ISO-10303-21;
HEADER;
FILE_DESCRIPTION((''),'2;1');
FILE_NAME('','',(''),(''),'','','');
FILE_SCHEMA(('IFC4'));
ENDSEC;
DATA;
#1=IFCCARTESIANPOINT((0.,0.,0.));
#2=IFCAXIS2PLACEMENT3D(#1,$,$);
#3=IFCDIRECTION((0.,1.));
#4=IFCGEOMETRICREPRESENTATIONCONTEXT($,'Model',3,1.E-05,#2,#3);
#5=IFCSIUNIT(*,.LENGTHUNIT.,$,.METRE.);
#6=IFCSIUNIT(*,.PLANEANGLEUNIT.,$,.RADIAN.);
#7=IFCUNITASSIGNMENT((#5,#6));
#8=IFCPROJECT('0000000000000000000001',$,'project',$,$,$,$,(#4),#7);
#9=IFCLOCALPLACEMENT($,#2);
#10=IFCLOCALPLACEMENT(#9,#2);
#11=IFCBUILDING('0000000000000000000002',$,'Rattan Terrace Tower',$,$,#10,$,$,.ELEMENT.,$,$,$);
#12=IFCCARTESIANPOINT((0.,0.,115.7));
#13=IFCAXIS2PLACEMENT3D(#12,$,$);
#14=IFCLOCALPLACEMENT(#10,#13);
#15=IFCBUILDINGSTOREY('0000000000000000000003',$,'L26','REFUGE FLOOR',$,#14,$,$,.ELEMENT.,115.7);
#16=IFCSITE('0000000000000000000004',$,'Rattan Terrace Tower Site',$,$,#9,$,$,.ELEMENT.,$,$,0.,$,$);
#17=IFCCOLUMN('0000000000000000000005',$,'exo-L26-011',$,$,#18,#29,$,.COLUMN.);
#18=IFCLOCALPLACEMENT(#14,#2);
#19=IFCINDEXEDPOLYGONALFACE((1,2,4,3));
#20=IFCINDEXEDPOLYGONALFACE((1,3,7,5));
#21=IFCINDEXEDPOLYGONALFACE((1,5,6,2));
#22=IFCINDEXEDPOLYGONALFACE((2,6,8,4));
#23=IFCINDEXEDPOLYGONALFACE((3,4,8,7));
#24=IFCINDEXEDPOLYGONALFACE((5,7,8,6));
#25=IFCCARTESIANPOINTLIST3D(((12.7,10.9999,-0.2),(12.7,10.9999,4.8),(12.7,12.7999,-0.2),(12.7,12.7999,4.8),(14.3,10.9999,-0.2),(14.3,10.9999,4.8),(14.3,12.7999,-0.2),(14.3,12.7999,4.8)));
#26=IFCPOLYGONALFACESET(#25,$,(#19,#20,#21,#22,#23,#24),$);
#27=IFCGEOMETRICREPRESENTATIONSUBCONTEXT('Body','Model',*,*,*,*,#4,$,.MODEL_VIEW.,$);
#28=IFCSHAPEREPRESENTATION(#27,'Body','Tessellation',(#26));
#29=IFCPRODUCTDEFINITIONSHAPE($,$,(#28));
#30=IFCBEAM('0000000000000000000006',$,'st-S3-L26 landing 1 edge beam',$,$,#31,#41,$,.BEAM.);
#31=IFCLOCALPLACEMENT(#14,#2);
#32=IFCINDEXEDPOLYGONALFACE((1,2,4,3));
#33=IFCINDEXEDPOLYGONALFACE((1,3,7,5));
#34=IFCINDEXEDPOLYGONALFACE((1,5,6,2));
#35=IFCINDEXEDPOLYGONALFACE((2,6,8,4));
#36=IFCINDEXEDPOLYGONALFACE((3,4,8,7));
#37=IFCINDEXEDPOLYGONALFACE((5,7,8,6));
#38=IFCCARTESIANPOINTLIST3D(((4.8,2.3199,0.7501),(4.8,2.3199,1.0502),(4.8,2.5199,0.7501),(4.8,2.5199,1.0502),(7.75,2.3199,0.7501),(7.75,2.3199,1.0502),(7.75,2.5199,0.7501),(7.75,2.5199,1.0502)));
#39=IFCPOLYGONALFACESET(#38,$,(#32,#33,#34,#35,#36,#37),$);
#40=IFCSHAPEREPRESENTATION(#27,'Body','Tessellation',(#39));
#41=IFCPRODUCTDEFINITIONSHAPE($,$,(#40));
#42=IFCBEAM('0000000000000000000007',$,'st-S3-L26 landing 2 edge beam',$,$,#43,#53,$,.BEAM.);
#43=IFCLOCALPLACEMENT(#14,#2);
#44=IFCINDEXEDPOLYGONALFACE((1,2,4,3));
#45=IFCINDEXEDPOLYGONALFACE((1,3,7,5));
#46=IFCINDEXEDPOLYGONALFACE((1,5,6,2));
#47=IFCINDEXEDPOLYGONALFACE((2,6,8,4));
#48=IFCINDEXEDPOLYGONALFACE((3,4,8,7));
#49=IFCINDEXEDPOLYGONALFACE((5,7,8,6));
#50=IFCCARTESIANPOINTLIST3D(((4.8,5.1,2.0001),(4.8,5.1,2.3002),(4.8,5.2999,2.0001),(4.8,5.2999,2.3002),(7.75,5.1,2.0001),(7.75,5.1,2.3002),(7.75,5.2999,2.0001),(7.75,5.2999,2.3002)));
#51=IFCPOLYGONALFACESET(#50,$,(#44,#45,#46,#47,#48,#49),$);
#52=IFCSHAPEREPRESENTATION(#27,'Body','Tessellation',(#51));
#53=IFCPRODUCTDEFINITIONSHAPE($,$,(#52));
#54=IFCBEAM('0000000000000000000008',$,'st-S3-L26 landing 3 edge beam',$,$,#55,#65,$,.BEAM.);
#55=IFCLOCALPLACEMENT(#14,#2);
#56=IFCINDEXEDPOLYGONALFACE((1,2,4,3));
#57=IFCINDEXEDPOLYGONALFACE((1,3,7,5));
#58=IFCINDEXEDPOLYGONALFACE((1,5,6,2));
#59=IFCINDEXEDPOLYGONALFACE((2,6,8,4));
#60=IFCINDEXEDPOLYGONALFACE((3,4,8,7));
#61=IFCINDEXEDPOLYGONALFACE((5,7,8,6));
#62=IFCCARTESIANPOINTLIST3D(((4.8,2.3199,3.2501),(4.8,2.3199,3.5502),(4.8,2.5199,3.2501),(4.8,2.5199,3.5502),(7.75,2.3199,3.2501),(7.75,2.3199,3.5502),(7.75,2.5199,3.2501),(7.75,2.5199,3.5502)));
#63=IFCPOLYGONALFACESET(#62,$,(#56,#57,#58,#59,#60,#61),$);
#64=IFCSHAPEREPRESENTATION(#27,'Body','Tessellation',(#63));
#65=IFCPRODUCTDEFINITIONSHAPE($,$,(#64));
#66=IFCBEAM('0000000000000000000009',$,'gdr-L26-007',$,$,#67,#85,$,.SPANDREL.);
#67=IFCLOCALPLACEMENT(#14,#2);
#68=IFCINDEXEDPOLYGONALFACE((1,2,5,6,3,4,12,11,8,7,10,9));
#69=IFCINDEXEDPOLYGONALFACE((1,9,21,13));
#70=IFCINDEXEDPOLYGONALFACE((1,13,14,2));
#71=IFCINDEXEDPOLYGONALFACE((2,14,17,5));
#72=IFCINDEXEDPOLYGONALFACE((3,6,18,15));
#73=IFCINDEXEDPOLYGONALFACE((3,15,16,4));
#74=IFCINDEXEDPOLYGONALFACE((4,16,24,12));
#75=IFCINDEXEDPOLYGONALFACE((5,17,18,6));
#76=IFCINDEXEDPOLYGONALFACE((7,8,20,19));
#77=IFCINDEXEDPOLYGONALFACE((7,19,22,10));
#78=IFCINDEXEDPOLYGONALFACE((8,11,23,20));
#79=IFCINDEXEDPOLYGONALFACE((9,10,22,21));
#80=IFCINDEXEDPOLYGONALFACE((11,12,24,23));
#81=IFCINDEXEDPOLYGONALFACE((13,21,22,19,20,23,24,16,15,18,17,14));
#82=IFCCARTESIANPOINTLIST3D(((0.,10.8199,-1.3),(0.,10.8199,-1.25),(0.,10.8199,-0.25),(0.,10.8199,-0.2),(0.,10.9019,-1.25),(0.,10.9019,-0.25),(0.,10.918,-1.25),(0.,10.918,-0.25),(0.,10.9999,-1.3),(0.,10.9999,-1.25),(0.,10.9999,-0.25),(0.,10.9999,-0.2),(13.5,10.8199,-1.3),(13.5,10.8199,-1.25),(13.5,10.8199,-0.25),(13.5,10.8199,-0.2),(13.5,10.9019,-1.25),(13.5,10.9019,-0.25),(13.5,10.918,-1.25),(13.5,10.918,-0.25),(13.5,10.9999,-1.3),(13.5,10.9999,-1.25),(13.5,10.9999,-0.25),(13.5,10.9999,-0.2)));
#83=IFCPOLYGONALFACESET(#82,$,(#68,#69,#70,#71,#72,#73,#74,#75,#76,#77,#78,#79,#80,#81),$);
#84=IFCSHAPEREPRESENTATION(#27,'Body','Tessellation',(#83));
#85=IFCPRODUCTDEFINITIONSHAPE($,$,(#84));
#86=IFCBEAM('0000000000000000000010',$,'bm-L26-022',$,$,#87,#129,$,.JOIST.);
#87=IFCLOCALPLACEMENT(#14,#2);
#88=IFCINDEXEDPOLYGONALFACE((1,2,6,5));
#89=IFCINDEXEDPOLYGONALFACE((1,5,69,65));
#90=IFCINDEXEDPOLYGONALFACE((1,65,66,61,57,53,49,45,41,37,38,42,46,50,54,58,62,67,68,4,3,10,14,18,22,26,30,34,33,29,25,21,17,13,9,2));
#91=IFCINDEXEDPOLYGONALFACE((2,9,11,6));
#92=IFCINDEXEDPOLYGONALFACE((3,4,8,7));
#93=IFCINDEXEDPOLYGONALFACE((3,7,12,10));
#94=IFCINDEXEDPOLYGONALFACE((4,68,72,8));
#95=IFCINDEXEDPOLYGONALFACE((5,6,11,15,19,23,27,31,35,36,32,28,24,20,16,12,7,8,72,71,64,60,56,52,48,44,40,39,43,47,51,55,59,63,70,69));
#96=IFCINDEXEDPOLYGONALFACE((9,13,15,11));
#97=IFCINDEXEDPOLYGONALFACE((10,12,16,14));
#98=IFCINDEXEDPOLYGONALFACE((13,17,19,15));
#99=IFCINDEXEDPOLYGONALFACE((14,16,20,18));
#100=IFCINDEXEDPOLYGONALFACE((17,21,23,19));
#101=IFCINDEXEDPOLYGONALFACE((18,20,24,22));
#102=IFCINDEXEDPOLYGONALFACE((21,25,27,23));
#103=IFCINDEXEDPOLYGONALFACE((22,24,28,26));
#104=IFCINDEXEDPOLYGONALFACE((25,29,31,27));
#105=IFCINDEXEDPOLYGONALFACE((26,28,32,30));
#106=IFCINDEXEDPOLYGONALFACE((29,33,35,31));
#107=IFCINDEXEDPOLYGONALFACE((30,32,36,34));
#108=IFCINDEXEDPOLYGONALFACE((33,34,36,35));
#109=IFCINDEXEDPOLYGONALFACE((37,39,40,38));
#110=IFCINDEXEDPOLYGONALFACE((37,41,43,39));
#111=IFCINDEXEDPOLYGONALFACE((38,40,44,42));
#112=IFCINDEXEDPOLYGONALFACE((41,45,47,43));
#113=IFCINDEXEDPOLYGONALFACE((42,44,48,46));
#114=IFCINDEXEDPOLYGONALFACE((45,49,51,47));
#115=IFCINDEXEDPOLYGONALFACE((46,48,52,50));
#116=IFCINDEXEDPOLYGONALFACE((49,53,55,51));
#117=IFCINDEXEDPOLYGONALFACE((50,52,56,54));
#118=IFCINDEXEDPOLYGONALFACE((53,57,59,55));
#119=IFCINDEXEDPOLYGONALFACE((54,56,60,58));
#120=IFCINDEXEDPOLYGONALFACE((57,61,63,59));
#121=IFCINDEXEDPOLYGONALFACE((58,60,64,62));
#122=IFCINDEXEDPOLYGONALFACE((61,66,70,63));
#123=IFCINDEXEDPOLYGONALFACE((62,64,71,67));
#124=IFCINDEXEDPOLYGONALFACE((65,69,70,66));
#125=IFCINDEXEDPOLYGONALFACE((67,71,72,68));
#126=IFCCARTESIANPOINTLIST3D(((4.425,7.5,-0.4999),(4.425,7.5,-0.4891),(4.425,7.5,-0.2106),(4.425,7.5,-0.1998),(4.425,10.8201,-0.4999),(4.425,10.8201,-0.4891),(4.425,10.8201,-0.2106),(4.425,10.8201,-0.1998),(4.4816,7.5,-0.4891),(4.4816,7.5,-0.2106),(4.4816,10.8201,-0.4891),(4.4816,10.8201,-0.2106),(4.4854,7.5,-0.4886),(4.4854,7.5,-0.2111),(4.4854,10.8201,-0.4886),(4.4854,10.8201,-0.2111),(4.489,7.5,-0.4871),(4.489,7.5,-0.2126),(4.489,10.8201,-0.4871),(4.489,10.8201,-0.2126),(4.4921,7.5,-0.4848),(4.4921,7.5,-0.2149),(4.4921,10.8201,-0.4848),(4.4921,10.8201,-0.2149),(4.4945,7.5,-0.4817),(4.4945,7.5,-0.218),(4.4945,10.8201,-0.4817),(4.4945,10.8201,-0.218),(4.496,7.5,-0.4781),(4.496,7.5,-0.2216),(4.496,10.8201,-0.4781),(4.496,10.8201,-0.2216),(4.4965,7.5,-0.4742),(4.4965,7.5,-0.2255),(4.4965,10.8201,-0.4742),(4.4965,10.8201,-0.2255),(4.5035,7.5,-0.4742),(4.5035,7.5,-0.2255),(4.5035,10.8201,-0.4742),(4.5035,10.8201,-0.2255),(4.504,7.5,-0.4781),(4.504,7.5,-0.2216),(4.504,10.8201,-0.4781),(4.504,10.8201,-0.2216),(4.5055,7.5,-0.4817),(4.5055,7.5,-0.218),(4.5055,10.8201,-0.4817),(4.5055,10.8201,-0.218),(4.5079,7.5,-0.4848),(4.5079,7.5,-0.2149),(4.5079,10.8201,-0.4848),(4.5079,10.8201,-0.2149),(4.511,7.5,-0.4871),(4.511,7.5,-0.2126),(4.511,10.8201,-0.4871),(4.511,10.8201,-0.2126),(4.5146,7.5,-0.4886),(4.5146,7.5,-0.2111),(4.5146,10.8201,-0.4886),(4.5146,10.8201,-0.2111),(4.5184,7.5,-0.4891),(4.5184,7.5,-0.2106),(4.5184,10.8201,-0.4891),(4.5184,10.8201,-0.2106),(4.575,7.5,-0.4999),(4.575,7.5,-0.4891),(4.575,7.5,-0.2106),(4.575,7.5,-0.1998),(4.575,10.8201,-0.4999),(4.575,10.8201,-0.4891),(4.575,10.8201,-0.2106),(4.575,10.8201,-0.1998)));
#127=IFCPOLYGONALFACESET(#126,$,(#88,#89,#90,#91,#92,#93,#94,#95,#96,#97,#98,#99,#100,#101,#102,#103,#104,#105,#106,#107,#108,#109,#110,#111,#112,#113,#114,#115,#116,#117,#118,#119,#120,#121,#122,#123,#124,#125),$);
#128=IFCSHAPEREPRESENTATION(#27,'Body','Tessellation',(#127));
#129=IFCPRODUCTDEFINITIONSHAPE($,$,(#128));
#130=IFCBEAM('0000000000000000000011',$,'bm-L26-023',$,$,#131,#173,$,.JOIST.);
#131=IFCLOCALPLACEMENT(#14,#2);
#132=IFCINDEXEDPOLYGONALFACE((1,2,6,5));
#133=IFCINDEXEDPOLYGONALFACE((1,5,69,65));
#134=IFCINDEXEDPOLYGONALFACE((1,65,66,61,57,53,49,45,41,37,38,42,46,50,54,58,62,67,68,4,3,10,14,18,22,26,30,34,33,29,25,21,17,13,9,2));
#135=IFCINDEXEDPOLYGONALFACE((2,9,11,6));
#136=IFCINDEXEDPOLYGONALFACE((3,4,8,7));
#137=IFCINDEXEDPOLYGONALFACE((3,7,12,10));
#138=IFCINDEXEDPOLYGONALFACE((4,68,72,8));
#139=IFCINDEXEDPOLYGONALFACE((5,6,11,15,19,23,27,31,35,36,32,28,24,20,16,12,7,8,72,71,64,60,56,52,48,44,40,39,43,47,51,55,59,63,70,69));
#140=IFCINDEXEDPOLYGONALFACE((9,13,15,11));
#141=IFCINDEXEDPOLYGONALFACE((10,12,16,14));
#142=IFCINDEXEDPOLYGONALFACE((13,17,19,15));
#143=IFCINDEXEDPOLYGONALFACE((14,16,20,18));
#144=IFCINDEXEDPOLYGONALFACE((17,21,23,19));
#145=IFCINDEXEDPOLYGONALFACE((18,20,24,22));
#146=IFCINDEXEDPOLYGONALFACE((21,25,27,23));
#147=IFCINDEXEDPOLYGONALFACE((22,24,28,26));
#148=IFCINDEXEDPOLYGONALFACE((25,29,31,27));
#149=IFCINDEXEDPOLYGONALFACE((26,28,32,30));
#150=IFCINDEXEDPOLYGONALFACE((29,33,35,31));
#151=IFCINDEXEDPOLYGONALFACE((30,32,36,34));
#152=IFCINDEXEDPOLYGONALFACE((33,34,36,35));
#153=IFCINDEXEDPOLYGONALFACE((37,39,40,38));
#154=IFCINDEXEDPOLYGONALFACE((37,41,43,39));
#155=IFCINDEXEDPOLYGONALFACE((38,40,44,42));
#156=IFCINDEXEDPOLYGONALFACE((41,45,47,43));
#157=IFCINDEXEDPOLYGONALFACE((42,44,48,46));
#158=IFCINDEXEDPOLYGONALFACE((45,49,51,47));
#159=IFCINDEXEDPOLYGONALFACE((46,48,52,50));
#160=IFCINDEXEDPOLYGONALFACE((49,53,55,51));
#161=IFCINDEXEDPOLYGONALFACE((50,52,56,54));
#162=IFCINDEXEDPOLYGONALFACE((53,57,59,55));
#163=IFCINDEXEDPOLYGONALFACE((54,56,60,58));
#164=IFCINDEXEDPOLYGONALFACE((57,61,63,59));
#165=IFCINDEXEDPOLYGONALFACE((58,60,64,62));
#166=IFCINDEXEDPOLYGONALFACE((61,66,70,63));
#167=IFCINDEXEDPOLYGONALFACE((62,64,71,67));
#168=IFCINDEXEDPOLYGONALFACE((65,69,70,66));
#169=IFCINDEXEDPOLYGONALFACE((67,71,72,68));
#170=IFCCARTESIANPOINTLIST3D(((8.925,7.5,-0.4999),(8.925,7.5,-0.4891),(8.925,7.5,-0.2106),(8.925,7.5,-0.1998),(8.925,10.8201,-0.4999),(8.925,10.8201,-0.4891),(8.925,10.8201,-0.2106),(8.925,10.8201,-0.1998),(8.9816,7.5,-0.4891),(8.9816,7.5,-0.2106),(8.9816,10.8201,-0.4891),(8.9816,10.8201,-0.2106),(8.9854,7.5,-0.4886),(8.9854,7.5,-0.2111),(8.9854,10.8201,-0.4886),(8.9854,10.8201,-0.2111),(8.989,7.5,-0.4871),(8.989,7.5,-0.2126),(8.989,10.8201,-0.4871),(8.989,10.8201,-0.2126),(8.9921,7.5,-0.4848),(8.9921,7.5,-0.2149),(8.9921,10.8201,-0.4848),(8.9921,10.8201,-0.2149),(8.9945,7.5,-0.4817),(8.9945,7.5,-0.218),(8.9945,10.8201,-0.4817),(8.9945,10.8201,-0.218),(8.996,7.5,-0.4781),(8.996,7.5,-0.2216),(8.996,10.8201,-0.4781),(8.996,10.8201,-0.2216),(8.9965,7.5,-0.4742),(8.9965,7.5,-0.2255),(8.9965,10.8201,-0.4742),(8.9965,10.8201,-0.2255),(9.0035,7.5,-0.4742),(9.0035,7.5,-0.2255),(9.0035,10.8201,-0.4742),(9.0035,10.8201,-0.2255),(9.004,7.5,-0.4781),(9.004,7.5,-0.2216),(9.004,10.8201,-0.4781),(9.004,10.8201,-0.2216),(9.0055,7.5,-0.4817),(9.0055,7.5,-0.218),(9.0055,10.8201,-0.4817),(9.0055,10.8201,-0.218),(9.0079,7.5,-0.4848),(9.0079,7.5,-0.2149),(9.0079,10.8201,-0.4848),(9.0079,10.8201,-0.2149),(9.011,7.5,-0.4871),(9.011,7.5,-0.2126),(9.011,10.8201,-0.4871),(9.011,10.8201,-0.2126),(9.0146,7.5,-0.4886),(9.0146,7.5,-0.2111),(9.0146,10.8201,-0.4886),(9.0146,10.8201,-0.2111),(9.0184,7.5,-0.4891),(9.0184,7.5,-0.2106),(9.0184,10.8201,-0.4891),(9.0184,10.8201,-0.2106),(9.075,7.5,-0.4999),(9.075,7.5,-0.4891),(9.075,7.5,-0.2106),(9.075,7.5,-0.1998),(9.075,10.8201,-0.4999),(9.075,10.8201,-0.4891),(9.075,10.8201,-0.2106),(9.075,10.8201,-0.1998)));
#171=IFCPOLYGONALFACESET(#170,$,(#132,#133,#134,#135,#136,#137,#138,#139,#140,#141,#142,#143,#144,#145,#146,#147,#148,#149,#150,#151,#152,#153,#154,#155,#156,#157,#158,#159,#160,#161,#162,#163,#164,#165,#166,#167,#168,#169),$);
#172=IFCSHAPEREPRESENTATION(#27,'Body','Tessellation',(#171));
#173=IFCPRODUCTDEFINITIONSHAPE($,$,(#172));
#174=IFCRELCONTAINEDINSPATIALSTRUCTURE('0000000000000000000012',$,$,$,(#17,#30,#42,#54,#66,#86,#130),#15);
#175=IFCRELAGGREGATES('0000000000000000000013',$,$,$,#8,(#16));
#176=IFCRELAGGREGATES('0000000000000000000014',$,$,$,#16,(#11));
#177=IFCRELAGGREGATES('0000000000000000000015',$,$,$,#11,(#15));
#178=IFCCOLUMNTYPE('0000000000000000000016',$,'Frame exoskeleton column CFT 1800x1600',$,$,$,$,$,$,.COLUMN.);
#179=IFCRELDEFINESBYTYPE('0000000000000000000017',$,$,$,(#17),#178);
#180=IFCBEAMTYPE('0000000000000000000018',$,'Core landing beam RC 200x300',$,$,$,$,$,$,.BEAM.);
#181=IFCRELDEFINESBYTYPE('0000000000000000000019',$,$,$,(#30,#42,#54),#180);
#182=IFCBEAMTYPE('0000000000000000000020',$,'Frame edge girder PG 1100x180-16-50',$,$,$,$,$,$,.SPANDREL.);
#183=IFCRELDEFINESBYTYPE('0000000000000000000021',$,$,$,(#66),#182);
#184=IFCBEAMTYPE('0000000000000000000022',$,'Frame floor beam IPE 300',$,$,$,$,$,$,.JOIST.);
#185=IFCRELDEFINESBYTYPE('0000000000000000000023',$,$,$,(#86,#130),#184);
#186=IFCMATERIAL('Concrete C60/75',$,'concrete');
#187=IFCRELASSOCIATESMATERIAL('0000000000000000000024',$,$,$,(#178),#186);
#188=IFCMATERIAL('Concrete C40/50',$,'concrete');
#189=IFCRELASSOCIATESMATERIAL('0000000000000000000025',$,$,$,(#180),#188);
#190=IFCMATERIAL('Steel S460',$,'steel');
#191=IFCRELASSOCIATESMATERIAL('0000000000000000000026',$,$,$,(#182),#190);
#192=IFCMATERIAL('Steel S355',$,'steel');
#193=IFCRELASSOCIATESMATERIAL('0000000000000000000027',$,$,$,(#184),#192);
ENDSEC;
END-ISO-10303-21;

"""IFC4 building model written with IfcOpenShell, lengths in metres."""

from ifc_helpers import new_model, si_unit, direction, frame, origin, origin_2d, place, context, subcontext, project, spatial, rectangle, i_section, extrude, material, material_profile, profile_set, type_object, element, save


model = new_model("IFC4")

# Units and contexts
model_context = context("Model", 3, precision=1e-05, world=origin(), true_north=direction((0.0, 1.0)))
body_context = subcontext(model_context, "Body", "Model", "MODEL_VIEW")
ifc_project = project(units=[si_unit("LENGTHUNIT", "METRE"), si_unit("PLANEANGLEUNIT", "RADIAN")], contexts=[model_context])

# Site, building, storey
site_placement = place(None, origin())
site = spatial("IfcSite", under=ifc_project, at=site_placement, Name="Rattan Terrace Tower Site", CompositionType="ELEMENT", RefElevation=0.0)
building_placement = place(site_placement, origin())
building = spatial("IfcBuilding", under=site, at=building_placement, Name="Rattan Terrace Tower", CompositionType="ELEMENT")
storey_placement = place(building_placement, frame((0.0, 0.0, 115.7)))
storey = spatial("IfcBuildingStorey", under=building, at=storey_placement, Name="L26", Description="REFUGE FLOOR", CompositionType="ELEMENT", Elevation=115.7)

# Column
ifc_material_1 = material(Name="Concrete C60/75", Category="concrete")
ifc_material_profile_1 = material_profile(ifc_material_1, rectangle(XDim=1.6001, YDim=1.8, at=origin_2d()), Name="CFT 1800x1600")
ifc_profile_set_1 = profile_set([ifc_material_profile_1], Name="Concrete C60/75")
column_type = type_object("IfcColumnType", Name="Frame exoskeleton column CFT 1800x1600", PredefinedType="COLUMN", material=ifc_profile_set_1)
column_placement = place(storey_placement, frame((13.5, 11.8999, -0.2), z_axis=(0.0, 0.0, 1.0), x_axis=(1.0, 0.0, 0.0)))
element("IfcColumn", 1, at=column_placement, inside=storey, type_object=column_type, Name="exo-L26-011", PredefinedType="COLUMN", context=body_context, shape_type="SweptSolid", body=[
    extrude(rectangle(XDim=1.6001, YDim=1.8, at=origin_2d()), origin(), (0.0, 0.0, 1.0), 5.0),
])

# Beams
ifc_material_2 = material(Name="Concrete C40/50", Category="concrete")
ifc_material_profile_2 = material_profile(ifc_material_2, rectangle(XDim=0.2, YDim=0.3, at=origin_2d()), Name="RC 200x300")
ifc_profile_set_2 = profile_set([ifc_material_profile_2], Name="Concrete C40/50")
beam_type_1 = type_object("IfcBeamType", Name="Core landing beam RC 200x300", PredefinedType="BEAM", material=ifc_profile_set_2)
for number, where, z_axis, x_axis, name in (
    (2, (4.8, 2.4199, 0.9001), (1.0, 0.0, 0.0), (0.0, 1.0, 0.0), "st-S3-L26 landing 1 edge beam"),
    (3, (4.8, 5.2, 2.1501), (1.0, 0.0, 0.0), (0.0, 1.0, 0.0), "st-S3-L26 landing 2 edge beam"),
    (4, (4.8, 2.4199, 3.4001), (1.0, 0.0, 0.0), (0.0, 1.0, 0.0), "st-S3-L26 landing 3 edge beam"),
):
    element("IfcBeam", number, at=place(storey_placement, frame(where, z_axis=z_axis, x_axis=x_axis)), inside=storey, type_object=beam_type_1, Name=name, PredefinedType="BEAM", context=body_context, shape_type="SweptSolid", body=[
        extrude(rectangle(XDim=0.2, YDim=0.3, at=origin_2d()), origin(), (0.0, 0.0, 1.0), 2.95),
    ])
ifc_material_3 = material(Name="Steel S460", Category="steel")
ifc_material_profile_3 = material_profile(ifc_material_3, i_section(OverallWidth=0.1799, OverallDepth=1.1001, WebThickness=0.0161, FlangeThickness=0.05, at=origin_2d()), Name="PG 1100x180-16-50")
ifc_profile_set_3 = profile_set([ifc_material_profile_3], Name="Steel S460")
beam_type_2 = type_object("IfcBeamType", Name="Frame edge girder PG 1100x180-16-50", PredefinedType="SPANDREL", material=ifc_profile_set_3)
beam_1_placement = place(storey_placement, frame((13.5, 10.9099, -0.75), z_axis=(-1.0, 0.0, 0.0), x_axis=(0.0, -1.0, 0.0)))
element("IfcBeam", 5, at=beam_1_placement, inside=storey, type_object=beam_type_2, Name="gdr-L26-007", PredefinedType="SPANDREL", context=body_context, shape_type="SweptSolid", body=[
    extrude(i_section(OverallWidth=0.1799, OverallDepth=1.1001, WebThickness=0.0161, FlangeThickness=0.05, at=origin_2d()), origin(), (0.0, 0.0, 1.0), 13.5),
])
ifc_material_4 = material(Name="Steel S355", Category="steel")
ifc_material_profile_4 = material_profile(ifc_material_4, i_section(OverallWidth=0.1499, OverallDepth=0.3, WebThickness=0.0071, FlangeThickness=0.0107, FilletRadius=0.0149, at=origin_2d()), Name="IPE 300")
ifc_profile_set_4 = profile_set([ifc_material_profile_4], Name="Steel S355")
beam_type_3 = type_object("IfcBeamType", Name="Frame floor beam IPE 300", PredefinedType="JOIST", material=ifc_profile_set_4)
for number, where, z_axis, x_axis, name in (
    (6, (4.5, 7.5, -0.3499), (0.0, 1.0, 0.0), (-1.0, 0.0, 0.0), "bm-L26-022"),
    (7, (9.0, 7.5, -0.3499), (0.0, 1.0, 0.0), (-1.0, 0.0, 0.0), "bm-L26-023"),
):
    element("IfcBeam", number, at=place(storey_placement, frame(where, z_axis=z_axis, x_axis=x_axis)), inside=storey, type_object=beam_type_3, Name=name, PredefinedType="JOIST", context=body_context, shape_type="SweptSolid", body=[
        extrude(i_section(OverallWidth=0.1499, OverallDepth=0.3, WebThickness=0.0071, FlangeThickness=0.0107, FilletRadius=0.0149, at=origin_2d()), origin(), (0.0, 0.0, 1.0), 3.3201),
    ])

save(model, "model.ifc")
